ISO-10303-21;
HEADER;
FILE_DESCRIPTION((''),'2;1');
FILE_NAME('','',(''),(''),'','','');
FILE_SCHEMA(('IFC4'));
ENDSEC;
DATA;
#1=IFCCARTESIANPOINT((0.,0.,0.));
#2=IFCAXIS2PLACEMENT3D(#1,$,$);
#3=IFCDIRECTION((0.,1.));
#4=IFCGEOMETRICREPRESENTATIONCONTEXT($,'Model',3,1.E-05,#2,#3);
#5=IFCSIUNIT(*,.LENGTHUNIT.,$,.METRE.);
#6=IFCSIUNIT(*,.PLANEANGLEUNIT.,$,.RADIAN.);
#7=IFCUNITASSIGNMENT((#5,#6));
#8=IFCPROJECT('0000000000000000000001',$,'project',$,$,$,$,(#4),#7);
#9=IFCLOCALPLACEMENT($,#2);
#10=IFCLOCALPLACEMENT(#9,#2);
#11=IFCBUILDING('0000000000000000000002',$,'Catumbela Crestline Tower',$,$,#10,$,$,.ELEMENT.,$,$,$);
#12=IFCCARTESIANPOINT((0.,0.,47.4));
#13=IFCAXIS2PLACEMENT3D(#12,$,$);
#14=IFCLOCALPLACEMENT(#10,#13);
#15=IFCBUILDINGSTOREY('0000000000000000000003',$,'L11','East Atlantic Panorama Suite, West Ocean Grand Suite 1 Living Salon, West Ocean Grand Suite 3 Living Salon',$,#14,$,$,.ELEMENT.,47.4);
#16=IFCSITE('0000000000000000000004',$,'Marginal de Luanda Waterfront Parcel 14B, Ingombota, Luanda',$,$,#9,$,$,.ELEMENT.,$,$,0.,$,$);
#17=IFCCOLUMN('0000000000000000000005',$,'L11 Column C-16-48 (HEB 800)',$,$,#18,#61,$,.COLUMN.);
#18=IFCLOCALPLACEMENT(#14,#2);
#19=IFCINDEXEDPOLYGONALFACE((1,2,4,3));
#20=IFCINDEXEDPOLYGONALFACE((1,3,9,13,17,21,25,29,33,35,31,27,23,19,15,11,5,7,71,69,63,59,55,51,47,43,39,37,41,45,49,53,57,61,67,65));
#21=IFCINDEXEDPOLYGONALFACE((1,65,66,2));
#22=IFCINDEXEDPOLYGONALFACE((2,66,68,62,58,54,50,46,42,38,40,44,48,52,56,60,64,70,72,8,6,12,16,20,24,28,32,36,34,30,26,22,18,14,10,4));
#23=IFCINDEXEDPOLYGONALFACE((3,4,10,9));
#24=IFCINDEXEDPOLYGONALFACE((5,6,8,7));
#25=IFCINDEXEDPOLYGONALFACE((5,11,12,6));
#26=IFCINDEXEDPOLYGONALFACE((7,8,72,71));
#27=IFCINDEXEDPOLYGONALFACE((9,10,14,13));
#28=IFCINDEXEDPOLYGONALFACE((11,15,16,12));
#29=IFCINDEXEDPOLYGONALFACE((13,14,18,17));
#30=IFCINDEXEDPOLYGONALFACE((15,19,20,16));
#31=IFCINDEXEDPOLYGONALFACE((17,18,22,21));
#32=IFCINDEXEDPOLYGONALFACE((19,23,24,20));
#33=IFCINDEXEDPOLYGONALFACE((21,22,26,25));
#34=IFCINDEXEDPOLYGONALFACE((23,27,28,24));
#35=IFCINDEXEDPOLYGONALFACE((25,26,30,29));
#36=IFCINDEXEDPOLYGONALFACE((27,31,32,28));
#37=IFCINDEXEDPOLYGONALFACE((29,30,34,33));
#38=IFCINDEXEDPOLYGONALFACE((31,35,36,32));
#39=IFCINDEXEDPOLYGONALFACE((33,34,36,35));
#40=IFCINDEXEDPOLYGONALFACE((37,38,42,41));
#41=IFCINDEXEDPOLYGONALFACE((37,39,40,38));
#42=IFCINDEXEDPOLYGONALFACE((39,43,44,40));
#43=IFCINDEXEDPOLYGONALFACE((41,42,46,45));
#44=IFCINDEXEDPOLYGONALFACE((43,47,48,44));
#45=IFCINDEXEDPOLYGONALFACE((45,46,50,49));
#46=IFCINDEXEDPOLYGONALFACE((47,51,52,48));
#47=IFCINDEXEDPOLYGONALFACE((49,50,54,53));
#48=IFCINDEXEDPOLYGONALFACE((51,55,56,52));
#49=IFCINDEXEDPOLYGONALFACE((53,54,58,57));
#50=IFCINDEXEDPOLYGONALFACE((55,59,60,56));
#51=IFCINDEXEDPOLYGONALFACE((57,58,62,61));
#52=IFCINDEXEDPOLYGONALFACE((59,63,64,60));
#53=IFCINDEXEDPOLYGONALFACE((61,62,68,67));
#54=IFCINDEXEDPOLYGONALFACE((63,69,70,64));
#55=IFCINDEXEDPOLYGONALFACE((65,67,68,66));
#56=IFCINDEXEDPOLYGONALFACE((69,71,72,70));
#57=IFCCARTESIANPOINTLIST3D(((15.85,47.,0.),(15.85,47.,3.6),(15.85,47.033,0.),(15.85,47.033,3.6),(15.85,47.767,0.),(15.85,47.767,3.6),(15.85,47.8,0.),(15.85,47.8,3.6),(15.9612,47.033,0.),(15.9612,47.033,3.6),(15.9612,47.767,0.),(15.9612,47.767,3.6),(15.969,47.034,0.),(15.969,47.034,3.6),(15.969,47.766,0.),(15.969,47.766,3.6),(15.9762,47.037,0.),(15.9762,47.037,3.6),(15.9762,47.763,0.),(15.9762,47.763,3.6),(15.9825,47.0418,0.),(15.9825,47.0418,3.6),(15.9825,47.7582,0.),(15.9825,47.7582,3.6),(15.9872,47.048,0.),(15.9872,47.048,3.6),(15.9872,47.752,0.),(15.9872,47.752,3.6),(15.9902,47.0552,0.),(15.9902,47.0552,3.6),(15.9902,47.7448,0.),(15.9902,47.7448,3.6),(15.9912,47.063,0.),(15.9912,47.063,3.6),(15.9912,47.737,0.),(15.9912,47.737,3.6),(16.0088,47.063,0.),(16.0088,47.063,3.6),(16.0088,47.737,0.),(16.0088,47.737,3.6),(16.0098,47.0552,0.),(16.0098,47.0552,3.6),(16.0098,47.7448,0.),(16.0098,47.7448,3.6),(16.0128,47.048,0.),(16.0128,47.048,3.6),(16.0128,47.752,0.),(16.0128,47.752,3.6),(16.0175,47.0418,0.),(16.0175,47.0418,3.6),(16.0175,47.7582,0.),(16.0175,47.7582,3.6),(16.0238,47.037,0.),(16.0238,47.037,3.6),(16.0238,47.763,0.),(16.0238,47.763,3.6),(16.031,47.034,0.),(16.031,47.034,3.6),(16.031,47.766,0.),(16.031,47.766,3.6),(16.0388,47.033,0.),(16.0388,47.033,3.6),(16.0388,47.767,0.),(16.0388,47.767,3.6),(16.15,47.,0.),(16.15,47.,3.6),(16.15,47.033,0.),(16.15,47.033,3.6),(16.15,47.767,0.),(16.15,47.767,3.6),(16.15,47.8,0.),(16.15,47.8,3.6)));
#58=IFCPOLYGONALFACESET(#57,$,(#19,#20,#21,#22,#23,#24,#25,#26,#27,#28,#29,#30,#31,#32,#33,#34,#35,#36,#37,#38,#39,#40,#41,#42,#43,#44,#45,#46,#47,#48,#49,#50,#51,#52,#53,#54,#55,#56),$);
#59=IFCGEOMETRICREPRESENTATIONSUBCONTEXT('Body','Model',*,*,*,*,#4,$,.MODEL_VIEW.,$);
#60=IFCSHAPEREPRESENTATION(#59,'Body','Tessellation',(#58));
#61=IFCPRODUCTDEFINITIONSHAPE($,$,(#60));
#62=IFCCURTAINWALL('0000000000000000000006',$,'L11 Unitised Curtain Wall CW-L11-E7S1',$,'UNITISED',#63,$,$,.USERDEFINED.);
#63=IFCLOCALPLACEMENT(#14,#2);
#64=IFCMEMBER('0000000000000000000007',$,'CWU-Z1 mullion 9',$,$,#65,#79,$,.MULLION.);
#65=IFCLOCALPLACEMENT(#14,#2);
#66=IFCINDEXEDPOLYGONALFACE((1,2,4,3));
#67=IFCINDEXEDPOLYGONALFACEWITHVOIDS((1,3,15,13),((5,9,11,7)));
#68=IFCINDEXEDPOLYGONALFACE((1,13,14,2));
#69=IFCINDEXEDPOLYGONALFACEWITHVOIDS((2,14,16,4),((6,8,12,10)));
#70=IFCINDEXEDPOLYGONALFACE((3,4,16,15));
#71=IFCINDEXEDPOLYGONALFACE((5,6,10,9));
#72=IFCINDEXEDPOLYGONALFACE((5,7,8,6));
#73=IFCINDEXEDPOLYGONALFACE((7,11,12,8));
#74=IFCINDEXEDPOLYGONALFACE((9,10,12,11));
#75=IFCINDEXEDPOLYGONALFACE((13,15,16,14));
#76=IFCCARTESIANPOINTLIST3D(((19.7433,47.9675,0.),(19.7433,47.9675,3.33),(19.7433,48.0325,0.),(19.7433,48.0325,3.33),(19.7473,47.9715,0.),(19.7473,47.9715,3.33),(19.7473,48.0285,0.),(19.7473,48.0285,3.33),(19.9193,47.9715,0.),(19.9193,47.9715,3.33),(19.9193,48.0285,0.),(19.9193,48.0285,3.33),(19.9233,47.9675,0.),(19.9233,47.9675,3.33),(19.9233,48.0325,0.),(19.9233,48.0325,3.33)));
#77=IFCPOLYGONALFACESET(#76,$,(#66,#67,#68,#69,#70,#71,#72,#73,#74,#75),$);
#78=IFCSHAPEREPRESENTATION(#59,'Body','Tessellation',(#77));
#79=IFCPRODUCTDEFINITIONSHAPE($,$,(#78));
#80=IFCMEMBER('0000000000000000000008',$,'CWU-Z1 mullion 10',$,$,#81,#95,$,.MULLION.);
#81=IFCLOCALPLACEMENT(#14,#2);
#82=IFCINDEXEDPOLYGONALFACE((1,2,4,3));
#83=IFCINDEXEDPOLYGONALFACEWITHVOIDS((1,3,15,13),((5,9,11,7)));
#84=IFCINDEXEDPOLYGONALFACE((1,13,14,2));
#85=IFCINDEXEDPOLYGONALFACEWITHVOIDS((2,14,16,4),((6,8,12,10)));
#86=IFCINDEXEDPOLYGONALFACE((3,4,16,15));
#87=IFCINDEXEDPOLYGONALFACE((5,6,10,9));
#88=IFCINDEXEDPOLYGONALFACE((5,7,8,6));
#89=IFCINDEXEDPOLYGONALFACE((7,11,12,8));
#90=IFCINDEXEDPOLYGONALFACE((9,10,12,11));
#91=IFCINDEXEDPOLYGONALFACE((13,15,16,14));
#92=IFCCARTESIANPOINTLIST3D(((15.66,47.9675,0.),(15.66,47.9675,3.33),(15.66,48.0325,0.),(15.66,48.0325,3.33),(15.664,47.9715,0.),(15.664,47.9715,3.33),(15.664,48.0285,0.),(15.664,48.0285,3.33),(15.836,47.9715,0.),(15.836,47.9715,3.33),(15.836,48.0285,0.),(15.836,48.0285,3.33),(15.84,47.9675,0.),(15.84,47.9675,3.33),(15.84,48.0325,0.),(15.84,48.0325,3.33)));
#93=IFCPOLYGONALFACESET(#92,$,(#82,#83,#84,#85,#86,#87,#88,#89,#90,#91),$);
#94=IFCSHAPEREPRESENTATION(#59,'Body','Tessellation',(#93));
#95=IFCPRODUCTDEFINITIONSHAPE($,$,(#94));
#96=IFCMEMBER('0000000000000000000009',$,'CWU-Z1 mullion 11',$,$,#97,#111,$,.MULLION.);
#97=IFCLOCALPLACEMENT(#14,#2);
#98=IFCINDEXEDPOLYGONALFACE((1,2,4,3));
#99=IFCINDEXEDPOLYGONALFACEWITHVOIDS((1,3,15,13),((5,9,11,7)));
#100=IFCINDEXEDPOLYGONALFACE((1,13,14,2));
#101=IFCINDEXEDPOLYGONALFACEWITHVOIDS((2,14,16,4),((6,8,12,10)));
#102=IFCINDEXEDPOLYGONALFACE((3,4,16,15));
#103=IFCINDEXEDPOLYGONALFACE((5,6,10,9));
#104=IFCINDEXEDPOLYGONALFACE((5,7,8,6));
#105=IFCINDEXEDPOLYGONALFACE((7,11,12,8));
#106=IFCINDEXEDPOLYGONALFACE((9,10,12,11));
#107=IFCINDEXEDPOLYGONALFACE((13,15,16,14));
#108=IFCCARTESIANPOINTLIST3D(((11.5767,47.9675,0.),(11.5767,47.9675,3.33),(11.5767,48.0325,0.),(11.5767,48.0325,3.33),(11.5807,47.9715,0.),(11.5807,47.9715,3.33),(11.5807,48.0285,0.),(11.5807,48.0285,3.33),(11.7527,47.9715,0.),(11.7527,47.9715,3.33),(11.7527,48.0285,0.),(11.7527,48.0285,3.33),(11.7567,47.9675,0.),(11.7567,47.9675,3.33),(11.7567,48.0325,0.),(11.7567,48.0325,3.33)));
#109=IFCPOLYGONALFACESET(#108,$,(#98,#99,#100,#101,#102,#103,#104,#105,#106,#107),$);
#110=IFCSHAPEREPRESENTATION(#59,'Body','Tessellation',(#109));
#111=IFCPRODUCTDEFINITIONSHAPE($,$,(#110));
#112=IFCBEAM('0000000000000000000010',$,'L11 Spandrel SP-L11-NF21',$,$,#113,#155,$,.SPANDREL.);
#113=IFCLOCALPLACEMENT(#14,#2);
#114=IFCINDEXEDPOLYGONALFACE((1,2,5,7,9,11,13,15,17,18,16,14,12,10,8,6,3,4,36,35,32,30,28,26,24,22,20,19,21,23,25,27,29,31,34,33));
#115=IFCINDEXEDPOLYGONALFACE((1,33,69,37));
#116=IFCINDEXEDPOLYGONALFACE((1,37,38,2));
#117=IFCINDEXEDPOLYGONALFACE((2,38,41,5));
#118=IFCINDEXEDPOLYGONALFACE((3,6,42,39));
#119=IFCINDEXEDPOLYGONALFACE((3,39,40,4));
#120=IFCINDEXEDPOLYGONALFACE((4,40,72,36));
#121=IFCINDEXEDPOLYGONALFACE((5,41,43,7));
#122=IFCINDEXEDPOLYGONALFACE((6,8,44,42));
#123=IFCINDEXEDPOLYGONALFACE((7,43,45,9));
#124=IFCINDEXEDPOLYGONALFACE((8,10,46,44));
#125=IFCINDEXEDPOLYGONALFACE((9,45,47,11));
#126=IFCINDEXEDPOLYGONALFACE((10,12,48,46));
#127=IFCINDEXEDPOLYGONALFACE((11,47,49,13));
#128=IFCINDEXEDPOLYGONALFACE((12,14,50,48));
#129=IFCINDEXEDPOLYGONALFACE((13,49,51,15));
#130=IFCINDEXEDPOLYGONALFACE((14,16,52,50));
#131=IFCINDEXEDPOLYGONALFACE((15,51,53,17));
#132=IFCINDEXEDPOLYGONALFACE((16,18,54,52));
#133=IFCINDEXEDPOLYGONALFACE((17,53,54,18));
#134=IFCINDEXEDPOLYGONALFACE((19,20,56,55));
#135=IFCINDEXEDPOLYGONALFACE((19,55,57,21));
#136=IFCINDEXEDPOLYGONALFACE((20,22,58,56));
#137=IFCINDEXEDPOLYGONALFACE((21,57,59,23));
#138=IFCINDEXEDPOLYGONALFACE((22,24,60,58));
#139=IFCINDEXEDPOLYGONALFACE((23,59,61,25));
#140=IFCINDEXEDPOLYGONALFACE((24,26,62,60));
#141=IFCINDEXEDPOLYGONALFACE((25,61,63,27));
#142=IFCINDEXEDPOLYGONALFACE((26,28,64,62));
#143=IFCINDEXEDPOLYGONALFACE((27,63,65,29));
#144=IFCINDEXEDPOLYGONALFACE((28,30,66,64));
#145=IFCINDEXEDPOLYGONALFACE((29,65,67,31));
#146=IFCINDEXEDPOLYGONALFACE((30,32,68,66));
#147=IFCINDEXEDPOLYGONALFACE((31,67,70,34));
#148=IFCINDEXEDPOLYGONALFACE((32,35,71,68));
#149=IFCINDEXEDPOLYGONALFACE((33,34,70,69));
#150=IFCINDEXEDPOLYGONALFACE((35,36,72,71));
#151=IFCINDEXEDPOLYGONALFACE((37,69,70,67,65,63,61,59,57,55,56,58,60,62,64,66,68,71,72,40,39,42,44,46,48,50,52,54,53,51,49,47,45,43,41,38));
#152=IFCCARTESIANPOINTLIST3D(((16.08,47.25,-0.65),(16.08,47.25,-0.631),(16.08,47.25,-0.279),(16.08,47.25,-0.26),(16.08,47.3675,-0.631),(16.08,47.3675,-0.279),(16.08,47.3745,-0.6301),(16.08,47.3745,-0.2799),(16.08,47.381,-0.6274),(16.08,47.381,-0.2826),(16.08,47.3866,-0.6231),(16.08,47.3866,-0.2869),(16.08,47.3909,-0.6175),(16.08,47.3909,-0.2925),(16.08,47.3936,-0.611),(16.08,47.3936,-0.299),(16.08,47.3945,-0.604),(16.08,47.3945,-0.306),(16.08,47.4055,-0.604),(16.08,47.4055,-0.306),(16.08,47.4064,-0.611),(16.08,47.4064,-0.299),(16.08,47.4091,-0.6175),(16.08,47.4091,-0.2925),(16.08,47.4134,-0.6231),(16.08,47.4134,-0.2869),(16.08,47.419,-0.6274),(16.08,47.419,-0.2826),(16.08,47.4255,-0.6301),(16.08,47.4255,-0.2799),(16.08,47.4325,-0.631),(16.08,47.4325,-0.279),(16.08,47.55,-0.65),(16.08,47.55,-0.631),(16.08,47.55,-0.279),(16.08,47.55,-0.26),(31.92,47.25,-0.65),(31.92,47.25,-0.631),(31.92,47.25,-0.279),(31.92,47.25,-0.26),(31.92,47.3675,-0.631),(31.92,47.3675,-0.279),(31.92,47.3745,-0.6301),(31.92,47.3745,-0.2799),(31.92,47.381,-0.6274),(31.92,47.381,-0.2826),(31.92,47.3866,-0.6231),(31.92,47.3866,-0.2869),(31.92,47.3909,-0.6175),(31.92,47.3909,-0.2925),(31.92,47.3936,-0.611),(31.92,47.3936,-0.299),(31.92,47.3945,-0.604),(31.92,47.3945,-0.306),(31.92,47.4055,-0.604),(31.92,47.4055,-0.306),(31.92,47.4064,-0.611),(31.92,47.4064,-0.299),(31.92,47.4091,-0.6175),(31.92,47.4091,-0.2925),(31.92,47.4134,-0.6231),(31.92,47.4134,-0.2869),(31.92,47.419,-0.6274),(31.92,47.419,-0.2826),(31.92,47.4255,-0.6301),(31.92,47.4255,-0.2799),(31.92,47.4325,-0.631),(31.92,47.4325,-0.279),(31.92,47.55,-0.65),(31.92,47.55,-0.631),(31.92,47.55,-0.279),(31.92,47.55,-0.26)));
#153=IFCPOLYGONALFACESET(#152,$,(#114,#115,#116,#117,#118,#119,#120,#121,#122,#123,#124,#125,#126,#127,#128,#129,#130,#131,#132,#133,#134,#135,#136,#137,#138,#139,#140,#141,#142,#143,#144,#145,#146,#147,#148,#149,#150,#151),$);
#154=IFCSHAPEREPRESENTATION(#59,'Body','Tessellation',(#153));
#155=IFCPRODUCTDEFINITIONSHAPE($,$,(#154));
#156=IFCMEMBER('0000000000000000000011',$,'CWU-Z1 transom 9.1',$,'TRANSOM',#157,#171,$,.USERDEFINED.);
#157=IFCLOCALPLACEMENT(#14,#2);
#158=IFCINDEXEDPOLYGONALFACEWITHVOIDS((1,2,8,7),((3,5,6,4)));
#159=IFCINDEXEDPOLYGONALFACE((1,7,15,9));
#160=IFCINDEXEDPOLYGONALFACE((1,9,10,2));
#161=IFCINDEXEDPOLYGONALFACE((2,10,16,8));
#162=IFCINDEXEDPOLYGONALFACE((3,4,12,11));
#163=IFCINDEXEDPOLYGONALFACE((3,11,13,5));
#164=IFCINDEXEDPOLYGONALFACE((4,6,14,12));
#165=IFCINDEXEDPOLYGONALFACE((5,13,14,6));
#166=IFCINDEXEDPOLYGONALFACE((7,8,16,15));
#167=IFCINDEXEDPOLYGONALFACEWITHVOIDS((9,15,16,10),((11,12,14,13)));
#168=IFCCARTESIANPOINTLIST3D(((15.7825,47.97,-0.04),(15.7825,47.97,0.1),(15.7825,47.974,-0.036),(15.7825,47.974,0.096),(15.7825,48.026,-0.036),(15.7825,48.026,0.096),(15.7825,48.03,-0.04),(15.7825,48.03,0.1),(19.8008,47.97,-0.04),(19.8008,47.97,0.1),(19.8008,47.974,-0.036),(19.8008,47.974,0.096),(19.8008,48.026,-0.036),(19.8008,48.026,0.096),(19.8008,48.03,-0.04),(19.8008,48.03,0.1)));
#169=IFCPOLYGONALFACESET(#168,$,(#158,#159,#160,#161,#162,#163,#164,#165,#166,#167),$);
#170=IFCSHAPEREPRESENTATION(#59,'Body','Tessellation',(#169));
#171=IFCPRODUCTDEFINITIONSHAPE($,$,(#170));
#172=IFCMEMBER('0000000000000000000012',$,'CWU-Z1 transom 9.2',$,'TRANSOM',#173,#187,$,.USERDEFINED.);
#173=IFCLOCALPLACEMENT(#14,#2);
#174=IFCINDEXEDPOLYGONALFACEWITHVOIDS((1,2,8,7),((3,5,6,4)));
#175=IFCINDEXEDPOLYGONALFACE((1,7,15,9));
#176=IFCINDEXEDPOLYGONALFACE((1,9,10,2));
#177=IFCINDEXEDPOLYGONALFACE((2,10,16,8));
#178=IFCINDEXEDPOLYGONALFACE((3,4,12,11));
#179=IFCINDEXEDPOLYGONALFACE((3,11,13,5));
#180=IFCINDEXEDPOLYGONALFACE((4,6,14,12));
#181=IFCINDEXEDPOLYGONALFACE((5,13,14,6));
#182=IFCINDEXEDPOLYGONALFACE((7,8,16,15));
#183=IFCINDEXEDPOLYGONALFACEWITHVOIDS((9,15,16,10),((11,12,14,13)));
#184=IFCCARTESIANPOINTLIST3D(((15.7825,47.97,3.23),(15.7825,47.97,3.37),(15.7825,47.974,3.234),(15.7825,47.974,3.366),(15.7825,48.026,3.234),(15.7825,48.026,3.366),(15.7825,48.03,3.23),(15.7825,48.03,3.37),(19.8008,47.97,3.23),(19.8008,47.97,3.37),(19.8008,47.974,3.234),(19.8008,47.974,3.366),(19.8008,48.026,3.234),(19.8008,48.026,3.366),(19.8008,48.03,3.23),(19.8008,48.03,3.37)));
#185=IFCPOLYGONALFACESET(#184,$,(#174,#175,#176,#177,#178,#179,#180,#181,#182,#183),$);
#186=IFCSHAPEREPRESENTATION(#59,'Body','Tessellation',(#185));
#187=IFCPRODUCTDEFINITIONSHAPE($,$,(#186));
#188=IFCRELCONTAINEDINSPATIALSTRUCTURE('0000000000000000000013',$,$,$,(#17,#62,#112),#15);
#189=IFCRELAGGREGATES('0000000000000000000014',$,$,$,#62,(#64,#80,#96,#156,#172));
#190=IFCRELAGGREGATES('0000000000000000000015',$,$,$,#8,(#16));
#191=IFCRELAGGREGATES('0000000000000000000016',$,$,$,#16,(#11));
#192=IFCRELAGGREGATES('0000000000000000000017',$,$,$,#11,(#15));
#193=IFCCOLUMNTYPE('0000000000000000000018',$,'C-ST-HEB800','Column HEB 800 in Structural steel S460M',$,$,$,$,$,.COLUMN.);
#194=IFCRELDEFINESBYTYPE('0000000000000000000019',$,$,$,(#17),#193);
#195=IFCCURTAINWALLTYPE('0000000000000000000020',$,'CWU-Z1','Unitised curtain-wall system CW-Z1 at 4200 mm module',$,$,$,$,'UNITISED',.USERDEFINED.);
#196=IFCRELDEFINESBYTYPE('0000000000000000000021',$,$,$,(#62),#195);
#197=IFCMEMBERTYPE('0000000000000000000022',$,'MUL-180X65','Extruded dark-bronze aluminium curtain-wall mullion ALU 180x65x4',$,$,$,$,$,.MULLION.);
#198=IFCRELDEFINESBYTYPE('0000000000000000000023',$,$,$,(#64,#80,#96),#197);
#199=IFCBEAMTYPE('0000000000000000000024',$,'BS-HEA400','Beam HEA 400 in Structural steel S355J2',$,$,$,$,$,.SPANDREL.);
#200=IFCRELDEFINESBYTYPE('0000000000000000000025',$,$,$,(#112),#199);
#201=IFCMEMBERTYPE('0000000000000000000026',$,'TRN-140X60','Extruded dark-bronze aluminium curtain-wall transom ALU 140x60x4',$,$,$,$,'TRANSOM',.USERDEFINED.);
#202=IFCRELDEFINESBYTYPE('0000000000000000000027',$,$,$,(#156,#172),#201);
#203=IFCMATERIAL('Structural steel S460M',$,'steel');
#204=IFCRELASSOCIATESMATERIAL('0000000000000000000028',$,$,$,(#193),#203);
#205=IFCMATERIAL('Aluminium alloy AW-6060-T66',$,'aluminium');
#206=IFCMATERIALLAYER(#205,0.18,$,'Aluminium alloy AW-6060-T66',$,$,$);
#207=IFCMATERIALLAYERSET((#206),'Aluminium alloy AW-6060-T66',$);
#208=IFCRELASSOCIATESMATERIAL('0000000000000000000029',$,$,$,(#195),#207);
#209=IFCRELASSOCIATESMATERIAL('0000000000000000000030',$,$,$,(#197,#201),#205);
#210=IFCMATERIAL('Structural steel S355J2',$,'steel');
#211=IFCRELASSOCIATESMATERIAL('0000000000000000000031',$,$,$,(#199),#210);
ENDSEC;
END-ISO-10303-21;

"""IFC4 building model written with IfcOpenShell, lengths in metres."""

from ifc_helpers import new_model, si_unit, direction, frame, origin, origin_2d, place, context, subcontext, project, spatial, hollow_rectangle, i_section, extrude, material, layer, layer_set, material_profile, profile_set, type_object, element, aggregate, save


model = new_model("IFC4")

# Units and contexts
model_context = context("Model", 3, precision=1e-05, world=origin(), true_north=direction((0.0, 1.0)))
body_context = subcontext(model_context, "Body", "Model", "MODEL_VIEW")
ifc_project = project(units=[si_unit("LENGTHUNIT", "METRE"), si_unit("PLANEANGLEUNIT", "RADIAN")], contexts=[model_context])

# Site, building, storey
site_placement = place(None, origin())
site = spatial("IfcSite", under=ifc_project, at=site_placement, Name="Marginal de Luanda Waterfront Parcel 14B, Ingombota, Luanda", CompositionType="ELEMENT", RefElevation=0.0)
building_placement = place(site_placement, origin())
building = spatial("IfcBuilding", under=site, at=building_placement, Name="Catumbela Crestline Tower", CompositionType="ELEMENT")
storey_placement = place(building_placement, frame((0.0, 0.0, 47.4)))
storey = spatial("IfcBuildingStorey", under=building, at=storey_placement, Name="L11", Description="East Atlantic Panorama Suite, West Ocean Grand Suite 1 Living Salon, West Ocean Grand Suite 3 Living Salon", CompositionType="ELEMENT", Elevation=47.4)

# Column
ifc_material_1 = material(Name="Structural steel S460M", Category="steel")
ifc_material_profile_1 = material_profile(ifc_material_1, i_section(OverallWidth=0.3, OverallDepth=0.8, WebThickness=0.0175, FlangeThickness=0.033, FilletRadius=0.03, at=origin_2d()), Name="HEB 800")
ifc_profile_set_1 = profile_set([ifc_material_profile_1], Name="Structural steel S460M")
column_type = type_object("IfcColumnType", Name="C-ST-HEB800", Description="Column HEB 800 in Structural steel S460M", PredefinedType="COLUMN", material=ifc_profile_set_1)
column_placement = place(storey_placement, frame((16.0, 47.4, 0.0), z_axis=(0.0, 0.0, 1.0), x_axis=(1.0, 0.0, 0.0)))
element("IfcColumn", 1, at=column_placement, inside=storey, type_object=column_type, Name="L11 Column C-16-48 (HEB 800)", PredefinedType="COLUMN", context=body_context, shape_type="SweptSolid", body=[
    extrude(i_section(OverallWidth=0.3, OverallDepth=0.8, WebThickness=0.0175, FlangeThickness=0.033, FilletRadius=0.03, at=origin_2d()), origin(), (0.0, 0.0, 1.0), 3.6),
])

# Curtain wall, members
ifc_material_2 = material(Name="Aluminium alloy AW-6060-T66", Category="aluminium")
ifc_layer_1 = layer(ifc_material_2, 0.18, Name="Aluminium alloy AW-6060-T66")
ifc_layer_set_1 = layer_set([ifc_layer_1], Name="Aluminium alloy AW-6060-T66")
curtain_wall_type = type_object("IfcCurtainWallType", Name="CWU-Z1", Description="Unitised curtain-wall system CW-Z1 at 4200 mm module", ElementType="UNITISED", PredefinedType="USERDEFINED", material=ifc_layer_set_1)
curtain_wall_placement = place(storey_placement, origin())
curtain_wall = element("IfcCurtainWall", 2, at=curtain_wall_placement, inside=storey, type_object=curtain_wall_type, Name="L11 Unitised Curtain Wall CW-L11-E7S1", ObjectType="UNITISED", PredefinedType="USERDEFINED")
ifc_material_profile_2 = material_profile(ifc_material_2, hollow_rectangle(XDim=0.065, YDim=0.18, WallThickness=0.004, at=origin_2d()), Name="ALU 180x65x4")
ifc_profile_set_2 = profile_set([ifc_material_profile_2], Name="Aluminium alloy AW-6060-T66")
member_type_1 = type_object("IfcMemberType", Name="MUL-180X65", Description="Extruded dark-bronze aluminium curtain-wall mullion ALU 180x65x4", PredefinedType="MULLION", material=ifc_profile_set_2)
member_1_placement = place(storey_placement, frame((19.8333, 48.0, 0.0), z_axis=(0.0, 0.0, 1.0), x_axis=(0.0, -1.0, 0.0)))
member_1 = element("IfcMember", 3, at=member_1_placement, type_object=member_type_1, Name="CWU-Z1 mullion 9", PredefinedType="MULLION", context=body_context, shape_type="SweptSolid", body=[
    extrude(hollow_rectangle(XDim=0.065, YDim=0.18, WallThickness=0.004, at=origin_2d()), origin(), (0.0, 0.0, 1.0), 3.33),
])
member_2_placement = place(storey_placement, frame((15.75, 48.0, 0.0), z_axis=(0.0, 0.0, 1.0), x_axis=(0.0, -1.0, 0.0)))
member_2 = element("IfcMember", 4, at=member_2_placement, type_object=member_type_1, Name="CWU-Z1 mullion 10", PredefinedType="MULLION", context=body_context, shape_type="SweptSolid", body=[
    extrude(hollow_rectangle(XDim=0.065, YDim=0.18, WallThickness=0.004, at=origin_2d()), origin(), (0.0, 0.0, 1.0), 3.33),
])
member_3_placement = place(storey_placement, frame((11.6667, 48.0, 0.0), z_axis=(0.0, 0.0, 1.0), x_axis=(0.0, -1.0, 0.0)))
member_3 = element("IfcMember", 5, at=member_3_placement, type_object=member_type_1, Name="CWU-Z1 mullion 11", PredefinedType="MULLION", context=body_context, shape_type="SweptSolid", body=[
    extrude(hollow_rectangle(XDim=0.065, YDim=0.18, WallThickness=0.004, at=origin_2d()), origin(), (0.0, 0.0, 1.0), 3.33),
])

# Beam
ifc_material_3 = material(Name="Structural steel S355J2", Category="steel")
ifc_material_profile_3 = material_profile(ifc_material_3, i_section(OverallWidth=0.3, OverallDepth=0.39, WebThickness=0.011, FlangeThickness=0.019, FilletRadius=0.027, at=origin_2d()), Name="HEA 400")
ifc_profile_set_3 = profile_set([ifc_material_profile_3], Name="Structural steel S355J2")
beam_type = type_object("IfcBeamType", Name="BS-HEA400", Description="Beam HEA 400 in Structural steel S355J2", PredefinedType="SPANDREL", material=ifc_profile_set_3)
beam_placement = place(storey_placement, frame((16.08, 47.4, -0.455), z_axis=(1.0, 0.0, 0.0), x_axis=(0.0, 1.0, 0.0)))
element("IfcBeam", 6, at=beam_placement, inside=storey, type_object=beam_type, Name="L11 Spandrel SP-L11-NF21", PredefinedType="SPANDREL", context=body_context, shape_type="SweptSolid", body=[
    extrude(i_section(OverallWidth=0.3, OverallDepth=0.39, WebThickness=0.011, FlangeThickness=0.019, FilletRadius=0.027, at=origin_2d()), origin(), (0.0, 0.0, 1.0), 15.84),
])

# Members
ifc_material_profile_4 = material_profile(ifc_material_2, hollow_rectangle(XDim=0.06, YDim=0.14, WallThickness=0.004, at=origin_2d()), Name="ALU 140x60x4")
ifc_profile_set_4 = profile_set([ifc_material_profile_4], Name="Aluminium alloy AW-6060-T66")
member_type_2 = type_object("IfcMemberType", Name="TRN-140X60", Description="Extruded dark-bronze aluminium curtain-wall transom ALU 140x60x4", ElementType="TRANSOM", PredefinedType="USERDEFINED", material=ifc_profile_set_4)
member_4_placement = place(storey_placement, frame((19.8008, 48.0, 0.03), z_axis=(-1.0, 0.0, 0.0), x_axis=(0.0, -1.0, 0.0)))
member_4 = element("IfcMember", 7, at=member_4_placement, type_object=member_type_2, Name="CWU-Z1 transom 9.1", ObjectType="TRANSOM", PredefinedType="USERDEFINED", context=body_context, shape_type="SweptSolid", body=[
    extrude(hollow_rectangle(XDim=0.06, YDim=0.14, WallThickness=0.004, at=origin_2d()), origin(), (0.0, 0.0, 1.0), 4.0183),
])
member_5_placement = place(storey_placement, frame((19.8008, 48.0, 3.3), z_axis=(-1.0, 0.0, 0.0), x_axis=(0.0, -1.0, 0.0)))
member_5 = element("IfcMember", 8, at=member_5_placement, type_object=member_type_2, Name="CWU-Z1 transom 9.2", ObjectType="TRANSOM", PredefinedType="USERDEFINED", context=body_context, shape_type="SweptSolid", body=[
    extrude(hollow_rectangle(XDim=0.06, YDim=0.14, WallThickness=0.004, at=origin_2d()), origin(), (0.0, 0.0, 1.0), 4.0183),
])

aggregate(curtain_wall, [member_1, member_2, member_3, member_4, member_5])

save(model, "model.ifc")
